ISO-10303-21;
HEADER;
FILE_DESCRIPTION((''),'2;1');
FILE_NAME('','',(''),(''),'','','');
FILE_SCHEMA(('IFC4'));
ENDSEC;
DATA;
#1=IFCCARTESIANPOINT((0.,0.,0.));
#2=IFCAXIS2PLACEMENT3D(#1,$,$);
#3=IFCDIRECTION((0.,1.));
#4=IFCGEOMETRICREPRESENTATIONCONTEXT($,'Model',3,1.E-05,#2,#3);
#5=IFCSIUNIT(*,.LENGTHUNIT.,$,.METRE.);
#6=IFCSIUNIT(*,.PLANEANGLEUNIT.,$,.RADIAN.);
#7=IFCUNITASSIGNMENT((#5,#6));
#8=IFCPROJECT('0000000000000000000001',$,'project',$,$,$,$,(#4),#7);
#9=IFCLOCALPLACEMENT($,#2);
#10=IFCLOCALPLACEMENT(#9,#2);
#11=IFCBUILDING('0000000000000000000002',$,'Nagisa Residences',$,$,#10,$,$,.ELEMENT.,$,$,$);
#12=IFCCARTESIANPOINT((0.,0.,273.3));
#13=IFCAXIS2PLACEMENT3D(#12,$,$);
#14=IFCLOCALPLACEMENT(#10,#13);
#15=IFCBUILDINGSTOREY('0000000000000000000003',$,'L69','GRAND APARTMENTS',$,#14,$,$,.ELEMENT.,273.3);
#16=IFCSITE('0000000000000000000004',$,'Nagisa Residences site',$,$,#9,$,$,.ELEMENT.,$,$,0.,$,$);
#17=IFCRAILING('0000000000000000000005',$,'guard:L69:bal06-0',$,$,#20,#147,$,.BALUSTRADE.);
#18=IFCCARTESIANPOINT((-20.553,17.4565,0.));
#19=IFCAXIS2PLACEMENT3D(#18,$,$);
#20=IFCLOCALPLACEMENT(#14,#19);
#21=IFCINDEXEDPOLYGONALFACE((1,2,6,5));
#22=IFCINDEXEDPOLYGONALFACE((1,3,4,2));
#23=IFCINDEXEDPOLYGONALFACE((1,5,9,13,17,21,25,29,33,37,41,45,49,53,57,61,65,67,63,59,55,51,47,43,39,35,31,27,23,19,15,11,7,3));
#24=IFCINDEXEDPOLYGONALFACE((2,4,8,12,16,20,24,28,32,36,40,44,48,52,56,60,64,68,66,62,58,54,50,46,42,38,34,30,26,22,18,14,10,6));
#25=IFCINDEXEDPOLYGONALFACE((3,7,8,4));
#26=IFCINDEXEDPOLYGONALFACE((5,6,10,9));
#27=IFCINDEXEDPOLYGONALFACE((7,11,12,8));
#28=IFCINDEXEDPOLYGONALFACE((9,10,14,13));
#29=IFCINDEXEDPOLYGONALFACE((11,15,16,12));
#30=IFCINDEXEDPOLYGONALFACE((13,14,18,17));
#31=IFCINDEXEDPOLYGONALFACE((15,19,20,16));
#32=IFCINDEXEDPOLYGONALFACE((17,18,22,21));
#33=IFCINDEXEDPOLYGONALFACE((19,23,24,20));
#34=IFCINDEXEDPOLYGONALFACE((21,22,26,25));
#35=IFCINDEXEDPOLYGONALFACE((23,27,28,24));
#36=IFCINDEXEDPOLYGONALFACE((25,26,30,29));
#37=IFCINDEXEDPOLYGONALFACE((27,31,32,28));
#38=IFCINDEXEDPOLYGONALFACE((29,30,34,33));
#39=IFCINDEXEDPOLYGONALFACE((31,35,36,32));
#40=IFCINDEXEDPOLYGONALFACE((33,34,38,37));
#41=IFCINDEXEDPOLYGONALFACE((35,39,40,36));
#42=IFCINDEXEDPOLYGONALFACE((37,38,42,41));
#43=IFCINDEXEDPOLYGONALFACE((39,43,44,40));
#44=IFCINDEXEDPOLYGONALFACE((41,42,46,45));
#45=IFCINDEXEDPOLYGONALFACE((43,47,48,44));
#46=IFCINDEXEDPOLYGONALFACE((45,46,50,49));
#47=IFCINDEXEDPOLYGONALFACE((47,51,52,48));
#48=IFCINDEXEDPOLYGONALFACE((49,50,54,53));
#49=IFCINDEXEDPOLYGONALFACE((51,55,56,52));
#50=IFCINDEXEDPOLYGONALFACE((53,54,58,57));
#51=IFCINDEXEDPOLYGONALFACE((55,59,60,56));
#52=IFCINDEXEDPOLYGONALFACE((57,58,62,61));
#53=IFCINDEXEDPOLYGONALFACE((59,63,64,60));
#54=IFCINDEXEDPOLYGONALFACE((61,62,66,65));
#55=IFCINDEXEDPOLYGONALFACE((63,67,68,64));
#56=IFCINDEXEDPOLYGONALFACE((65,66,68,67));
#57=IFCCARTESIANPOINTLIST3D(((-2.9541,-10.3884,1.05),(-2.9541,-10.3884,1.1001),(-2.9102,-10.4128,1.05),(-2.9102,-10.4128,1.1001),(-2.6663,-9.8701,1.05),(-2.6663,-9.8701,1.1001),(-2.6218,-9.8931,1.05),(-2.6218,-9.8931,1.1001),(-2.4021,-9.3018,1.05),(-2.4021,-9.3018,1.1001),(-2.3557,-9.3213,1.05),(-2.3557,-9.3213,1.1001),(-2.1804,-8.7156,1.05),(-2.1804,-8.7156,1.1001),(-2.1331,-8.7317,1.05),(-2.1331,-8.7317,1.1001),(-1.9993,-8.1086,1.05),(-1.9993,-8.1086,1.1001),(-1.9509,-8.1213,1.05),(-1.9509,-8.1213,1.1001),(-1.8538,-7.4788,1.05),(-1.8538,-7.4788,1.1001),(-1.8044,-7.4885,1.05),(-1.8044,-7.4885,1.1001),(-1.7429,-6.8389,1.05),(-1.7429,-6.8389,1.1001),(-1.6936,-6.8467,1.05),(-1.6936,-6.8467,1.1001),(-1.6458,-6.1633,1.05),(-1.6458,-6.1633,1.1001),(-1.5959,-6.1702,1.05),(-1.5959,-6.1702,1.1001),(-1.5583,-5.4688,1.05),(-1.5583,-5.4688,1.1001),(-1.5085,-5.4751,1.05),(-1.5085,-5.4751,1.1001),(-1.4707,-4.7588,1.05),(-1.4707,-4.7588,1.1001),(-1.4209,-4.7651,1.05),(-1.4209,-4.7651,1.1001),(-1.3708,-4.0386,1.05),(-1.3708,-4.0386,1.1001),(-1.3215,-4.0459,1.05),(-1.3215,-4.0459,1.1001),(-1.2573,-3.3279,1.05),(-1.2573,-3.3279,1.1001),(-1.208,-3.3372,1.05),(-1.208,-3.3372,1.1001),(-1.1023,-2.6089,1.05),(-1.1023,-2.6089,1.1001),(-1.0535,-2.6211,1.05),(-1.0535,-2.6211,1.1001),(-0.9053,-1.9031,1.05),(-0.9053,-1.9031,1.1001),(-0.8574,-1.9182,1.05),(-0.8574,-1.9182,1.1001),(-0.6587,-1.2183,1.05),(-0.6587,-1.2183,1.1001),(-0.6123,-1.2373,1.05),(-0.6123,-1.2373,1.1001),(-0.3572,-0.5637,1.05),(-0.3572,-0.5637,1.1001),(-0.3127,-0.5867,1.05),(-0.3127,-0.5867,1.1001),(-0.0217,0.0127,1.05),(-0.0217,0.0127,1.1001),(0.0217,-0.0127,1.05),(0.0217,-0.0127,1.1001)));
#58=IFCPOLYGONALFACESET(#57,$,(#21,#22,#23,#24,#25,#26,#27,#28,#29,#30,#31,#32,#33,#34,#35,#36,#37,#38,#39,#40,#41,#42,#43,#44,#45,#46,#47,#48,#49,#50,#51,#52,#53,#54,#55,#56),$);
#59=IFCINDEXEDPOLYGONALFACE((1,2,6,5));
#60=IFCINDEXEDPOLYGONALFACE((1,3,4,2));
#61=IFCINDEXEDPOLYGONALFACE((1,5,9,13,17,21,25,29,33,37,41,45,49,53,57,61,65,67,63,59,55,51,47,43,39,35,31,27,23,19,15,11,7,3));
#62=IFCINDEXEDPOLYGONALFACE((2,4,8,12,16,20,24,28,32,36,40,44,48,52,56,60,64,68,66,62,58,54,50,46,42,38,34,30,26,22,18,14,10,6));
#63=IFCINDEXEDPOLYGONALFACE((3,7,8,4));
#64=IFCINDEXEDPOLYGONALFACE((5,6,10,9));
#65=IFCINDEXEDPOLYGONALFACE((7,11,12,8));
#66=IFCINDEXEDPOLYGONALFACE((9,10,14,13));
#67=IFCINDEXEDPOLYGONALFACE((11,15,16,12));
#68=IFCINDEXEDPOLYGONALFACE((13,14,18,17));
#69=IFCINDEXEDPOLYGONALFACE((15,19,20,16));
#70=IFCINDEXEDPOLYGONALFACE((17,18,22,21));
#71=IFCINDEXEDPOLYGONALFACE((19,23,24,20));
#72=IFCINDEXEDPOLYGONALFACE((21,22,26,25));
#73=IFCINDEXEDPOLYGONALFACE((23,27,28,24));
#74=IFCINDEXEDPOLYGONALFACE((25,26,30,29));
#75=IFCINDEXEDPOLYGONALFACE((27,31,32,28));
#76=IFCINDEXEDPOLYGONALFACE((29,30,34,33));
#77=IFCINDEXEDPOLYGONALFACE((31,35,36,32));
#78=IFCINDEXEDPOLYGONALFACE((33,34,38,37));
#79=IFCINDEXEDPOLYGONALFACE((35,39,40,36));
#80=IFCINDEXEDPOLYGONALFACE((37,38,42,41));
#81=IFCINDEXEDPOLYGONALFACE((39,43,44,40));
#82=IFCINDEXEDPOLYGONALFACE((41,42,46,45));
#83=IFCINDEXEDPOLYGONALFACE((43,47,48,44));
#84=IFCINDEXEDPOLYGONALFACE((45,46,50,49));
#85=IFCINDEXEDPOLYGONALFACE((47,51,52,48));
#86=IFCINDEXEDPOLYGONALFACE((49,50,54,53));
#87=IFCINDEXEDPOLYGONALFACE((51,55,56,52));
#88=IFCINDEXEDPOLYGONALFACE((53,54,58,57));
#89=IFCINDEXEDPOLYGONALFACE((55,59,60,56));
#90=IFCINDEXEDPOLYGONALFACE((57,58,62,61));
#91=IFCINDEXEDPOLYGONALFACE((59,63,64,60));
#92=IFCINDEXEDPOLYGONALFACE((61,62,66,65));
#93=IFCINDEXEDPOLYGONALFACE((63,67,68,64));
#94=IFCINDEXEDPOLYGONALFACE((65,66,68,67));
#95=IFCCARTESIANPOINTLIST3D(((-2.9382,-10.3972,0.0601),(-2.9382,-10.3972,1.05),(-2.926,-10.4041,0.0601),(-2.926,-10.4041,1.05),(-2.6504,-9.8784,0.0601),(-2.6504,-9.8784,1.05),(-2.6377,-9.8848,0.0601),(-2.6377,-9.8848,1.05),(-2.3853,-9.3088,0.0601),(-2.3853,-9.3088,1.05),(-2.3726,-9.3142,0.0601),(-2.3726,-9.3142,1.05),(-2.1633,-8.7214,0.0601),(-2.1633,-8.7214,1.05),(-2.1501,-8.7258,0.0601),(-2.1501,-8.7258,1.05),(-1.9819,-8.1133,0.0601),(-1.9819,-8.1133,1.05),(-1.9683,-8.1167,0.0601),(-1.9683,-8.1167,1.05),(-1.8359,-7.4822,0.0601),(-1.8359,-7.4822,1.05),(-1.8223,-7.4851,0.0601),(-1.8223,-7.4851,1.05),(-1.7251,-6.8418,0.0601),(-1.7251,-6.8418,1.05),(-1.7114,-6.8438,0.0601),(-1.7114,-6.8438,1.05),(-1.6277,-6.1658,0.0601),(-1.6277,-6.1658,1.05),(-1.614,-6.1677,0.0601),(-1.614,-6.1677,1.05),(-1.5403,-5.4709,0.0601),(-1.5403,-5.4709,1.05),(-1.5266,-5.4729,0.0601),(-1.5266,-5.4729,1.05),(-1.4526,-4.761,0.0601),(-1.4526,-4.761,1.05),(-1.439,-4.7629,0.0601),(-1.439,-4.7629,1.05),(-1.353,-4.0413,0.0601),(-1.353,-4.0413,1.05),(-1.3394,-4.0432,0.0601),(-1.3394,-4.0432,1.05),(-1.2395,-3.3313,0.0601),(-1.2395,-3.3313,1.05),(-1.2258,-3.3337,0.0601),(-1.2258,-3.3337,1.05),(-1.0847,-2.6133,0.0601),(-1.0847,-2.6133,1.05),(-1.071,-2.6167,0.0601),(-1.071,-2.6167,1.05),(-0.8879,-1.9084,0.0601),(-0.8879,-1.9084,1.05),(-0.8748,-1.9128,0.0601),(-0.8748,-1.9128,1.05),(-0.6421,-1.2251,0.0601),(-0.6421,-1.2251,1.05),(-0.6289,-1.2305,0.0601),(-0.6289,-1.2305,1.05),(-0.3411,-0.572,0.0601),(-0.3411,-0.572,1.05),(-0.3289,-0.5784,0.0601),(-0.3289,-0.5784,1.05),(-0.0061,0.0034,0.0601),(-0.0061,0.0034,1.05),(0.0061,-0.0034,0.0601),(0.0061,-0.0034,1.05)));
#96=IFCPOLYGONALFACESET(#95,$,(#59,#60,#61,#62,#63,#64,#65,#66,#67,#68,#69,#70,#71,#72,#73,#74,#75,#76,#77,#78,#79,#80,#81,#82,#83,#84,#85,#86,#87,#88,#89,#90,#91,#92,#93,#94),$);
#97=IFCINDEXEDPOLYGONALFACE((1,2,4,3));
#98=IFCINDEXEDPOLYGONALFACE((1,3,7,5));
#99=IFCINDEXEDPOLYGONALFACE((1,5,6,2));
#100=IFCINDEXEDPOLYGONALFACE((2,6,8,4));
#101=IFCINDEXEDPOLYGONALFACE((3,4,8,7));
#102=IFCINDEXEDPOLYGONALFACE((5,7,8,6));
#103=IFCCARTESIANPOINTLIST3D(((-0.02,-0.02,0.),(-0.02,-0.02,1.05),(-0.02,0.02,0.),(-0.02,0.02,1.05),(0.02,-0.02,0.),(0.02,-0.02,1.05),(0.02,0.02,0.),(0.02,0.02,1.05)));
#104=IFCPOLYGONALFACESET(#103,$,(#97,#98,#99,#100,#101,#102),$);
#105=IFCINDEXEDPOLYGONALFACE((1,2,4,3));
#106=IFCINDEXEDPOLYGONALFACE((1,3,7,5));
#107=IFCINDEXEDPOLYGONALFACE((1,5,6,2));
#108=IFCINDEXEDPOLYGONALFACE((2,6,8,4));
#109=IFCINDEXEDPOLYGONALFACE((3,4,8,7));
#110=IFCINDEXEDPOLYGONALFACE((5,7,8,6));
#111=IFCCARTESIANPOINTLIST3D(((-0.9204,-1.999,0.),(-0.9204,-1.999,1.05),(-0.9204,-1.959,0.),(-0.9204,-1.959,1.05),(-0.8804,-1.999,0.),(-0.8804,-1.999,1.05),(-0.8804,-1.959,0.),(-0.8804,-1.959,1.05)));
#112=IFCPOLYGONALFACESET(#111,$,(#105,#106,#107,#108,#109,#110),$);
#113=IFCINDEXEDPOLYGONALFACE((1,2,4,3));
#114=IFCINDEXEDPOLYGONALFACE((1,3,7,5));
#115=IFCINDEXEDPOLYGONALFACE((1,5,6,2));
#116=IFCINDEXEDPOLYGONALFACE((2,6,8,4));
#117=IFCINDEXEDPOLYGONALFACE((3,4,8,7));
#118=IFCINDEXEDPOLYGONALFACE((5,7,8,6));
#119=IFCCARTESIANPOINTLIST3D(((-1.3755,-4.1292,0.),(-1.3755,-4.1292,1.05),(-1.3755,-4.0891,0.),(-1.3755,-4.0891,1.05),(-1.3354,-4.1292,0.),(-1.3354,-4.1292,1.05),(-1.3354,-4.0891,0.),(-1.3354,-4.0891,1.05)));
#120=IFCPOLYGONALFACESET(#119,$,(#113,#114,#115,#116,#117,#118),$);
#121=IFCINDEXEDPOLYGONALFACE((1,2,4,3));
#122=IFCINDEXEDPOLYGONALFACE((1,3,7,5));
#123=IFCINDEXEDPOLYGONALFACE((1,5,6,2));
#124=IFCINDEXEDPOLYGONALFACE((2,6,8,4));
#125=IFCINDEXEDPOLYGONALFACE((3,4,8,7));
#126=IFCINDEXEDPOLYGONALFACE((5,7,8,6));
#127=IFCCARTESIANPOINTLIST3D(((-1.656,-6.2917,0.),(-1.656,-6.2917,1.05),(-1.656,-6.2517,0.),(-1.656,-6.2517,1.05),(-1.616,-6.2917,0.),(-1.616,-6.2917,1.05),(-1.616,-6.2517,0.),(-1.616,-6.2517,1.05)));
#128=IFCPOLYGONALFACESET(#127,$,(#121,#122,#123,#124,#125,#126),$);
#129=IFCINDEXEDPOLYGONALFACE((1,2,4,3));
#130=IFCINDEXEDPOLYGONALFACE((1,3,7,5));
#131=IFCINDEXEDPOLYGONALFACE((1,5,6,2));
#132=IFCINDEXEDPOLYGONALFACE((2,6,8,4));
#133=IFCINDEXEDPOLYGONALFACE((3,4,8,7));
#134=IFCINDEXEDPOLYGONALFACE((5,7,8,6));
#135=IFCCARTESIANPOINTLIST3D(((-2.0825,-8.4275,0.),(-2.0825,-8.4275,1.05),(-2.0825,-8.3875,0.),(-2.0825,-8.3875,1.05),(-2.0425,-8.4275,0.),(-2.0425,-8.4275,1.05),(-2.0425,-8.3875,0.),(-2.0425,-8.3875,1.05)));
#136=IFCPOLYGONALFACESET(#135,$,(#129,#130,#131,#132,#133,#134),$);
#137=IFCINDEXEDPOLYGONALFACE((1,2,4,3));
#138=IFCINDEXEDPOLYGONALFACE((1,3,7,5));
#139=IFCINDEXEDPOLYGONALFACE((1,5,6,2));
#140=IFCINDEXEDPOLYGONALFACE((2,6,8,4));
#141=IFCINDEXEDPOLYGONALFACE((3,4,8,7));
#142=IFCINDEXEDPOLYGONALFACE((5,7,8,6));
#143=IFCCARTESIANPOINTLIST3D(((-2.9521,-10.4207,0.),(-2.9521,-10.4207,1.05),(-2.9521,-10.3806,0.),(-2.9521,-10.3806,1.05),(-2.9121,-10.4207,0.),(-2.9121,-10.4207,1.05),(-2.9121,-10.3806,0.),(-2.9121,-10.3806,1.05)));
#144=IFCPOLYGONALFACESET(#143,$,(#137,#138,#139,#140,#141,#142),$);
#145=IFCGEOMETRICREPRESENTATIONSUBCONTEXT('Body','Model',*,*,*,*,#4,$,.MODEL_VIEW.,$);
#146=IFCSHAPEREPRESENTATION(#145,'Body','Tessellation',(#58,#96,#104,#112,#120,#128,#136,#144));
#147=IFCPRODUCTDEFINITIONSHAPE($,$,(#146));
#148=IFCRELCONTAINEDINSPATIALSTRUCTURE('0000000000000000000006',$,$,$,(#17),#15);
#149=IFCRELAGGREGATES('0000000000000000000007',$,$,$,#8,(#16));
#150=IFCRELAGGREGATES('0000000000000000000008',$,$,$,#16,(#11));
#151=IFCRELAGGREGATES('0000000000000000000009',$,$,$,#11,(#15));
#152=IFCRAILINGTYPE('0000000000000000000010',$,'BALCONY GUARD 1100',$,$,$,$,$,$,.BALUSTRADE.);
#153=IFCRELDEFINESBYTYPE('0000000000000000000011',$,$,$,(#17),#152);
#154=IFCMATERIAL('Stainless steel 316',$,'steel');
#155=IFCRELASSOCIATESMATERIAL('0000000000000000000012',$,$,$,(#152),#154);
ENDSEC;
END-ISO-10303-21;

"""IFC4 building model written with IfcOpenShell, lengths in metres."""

from ifc_helpers import new_model, si_unit, direction, frame, origin, origin_2d, place, context, subcontext, project, spatial, polyline, rectangle, outline, extrude, material, type_object, element, save


model = new_model("IFC4")

# Units and contexts
model_context = context("Model", 3, precision=1e-05, world=origin(), true_north=direction((0.0, 1.0)))
body_context = subcontext(model_context, "Body", "Model", "MODEL_VIEW")
ifc_project = project(units=[si_unit("LENGTHUNIT", "METRE"), si_unit("PLANEANGLEUNIT", "RADIAN")], contexts=[model_context])

# Site, building, storey
site_placement = place(None, origin())
site = spatial("IfcSite", under=ifc_project, at=site_placement, Name="Nagisa Residences site", CompositionType="ELEMENT", RefElevation=0.0)
building_placement = place(site_placement, origin())
building = spatial("IfcBuilding", under=site, at=building_placement, Name="Nagisa Residences", CompositionType="ELEMENT")
storey_placement = place(building_placement, frame((0.0, 0.0, 273.3)))
storey = spatial("IfcBuildingStorey", under=building, at=storey_placement, Name="L69", Description="GRAND APARTMENTS", CompositionType="ELEMENT", Elevation=273.3)

# Railing
ifc_material_1 = material(Name="Stainless steel 316", Category="steel")
railing_type = type_object("IfcRailingType", Name="BALCONY GUARD 1100", PredefinedType="BALUSTRADE", material=ifc_material_1)
railing_1_placement = place(storey_placement, frame((-20.553, 17.4565, 0.0)))
element("IfcRailing", 1, at=railing_1_placement, inside=storey, type_object=railing_type, Name="guard:L69:bal06-0", PredefinedType="BALUSTRADE", context=body_context, shape_type="SweptSolid", body=[
    extrude(outline(polyline([(-0.3127, -0.5867), (0.0217, -0.0127), (-0.0217, 0.0127), (-0.3572, -0.5637), (-0.6587, -1.2183), (-0.9053, -1.9031), (-1.1023, -2.6089), (-1.2573, -3.3279), (-1.3708, -4.0386), (-1.4707, -4.7588), (-1.5583, -5.4688), (-1.6458, -6.1633), (-1.7429, -6.8389), (-1.8538, -7.4788), (-1.9993, -8.1086), (-2.1804, -8.7156), (-2.4021, -9.3018), (-2.6663, -9.8701), (-2.9541, -10.3884), (-2.9102, -10.4128), (-2.6218, -9.8931), (-2.3557, -9.3213), (-2.1331, -8.7317), (-1.9509, -8.1213), (-1.8044, -7.4885), (-1.6936, -6.8467), (-1.5959, -6.1702), (-1.5085, -5.4751), (-1.4209, -4.7651), (-1.3215, -4.0459), (-1.208, -3.3372), (-1.0535, -2.6211), (-0.8574, -1.9182), (-0.6123, -1.2373), (-0.3127, -0.5867)])), frame((0.0, 0.0, 1.05)), (0.0, 0.0, 1.0), 0.05),
    extrude(outline(polyline([(-0.3289, -0.5784), (0.0061, -0.0034), (-0.0061, 0.0034), (-0.3411, -0.572), (-0.6421, -1.2251), (-0.8879, -1.9084), (-1.0847, -2.6133), (-1.2395, -3.3313), (-1.353, -4.0413), (-1.4526, -4.761), (-1.5403, -5.4709), (-1.6277, -6.1658), (-1.7251, -6.8418), (-1.8359, -7.4822), (-1.9819, -8.1133), (-2.1633, -8.7214), (-2.3853, -9.3088), (-2.6504, -9.8784), (-2.9382, -10.3972), (-2.926, -10.4041), (-2.6377, -9.8848), (-2.3726, -9.3142), (-2.1501, -8.7258), (-1.9683, -8.1167), (-1.8223, -7.4851), (-1.7114, -6.8438), (-1.614, -6.1677), (-1.5266, -5.4729), (-1.439, -4.7629), (-1.3394, -4.0432), (-1.2258, -3.3337), (-1.071, -2.6167), (-0.8748, -1.9128), (-0.6289, -1.2305), (-0.3289, -0.5784)])), frame((0.0, 0.0, 0.0601)), (0.0, 0.0, 1.0), 0.99),
    extrude(rectangle(XDim=0.04, YDim=0.04, at=origin_2d()), origin(), (0.0, 0.0, 1.0), 1.05),
    extrude(rectangle(XDim=0.04, YDim=0.04, at=origin_2d()), frame((-0.9004, -1.979, 0.0)), (0.0, 0.0, 1.0), 1.05),
    extrude(rectangle(XDim=0.04, YDim=0.04, at=origin_2d()), frame((-1.3555, -4.1091, 0.0)), (0.0, 0.0, 1.0), 1.05),
    extrude(rectangle(XDim=0.04, YDim=0.04, at=origin_2d()), frame((-1.636, -6.2717, 0.0)), (0.0, 0.0, 1.0), 1.05),
    extrude(rectangle(XDim=0.04, YDim=0.04, at=origin_2d()), frame((-2.0625, -8.4075, 0.0)), (0.0, 0.0, 1.0), 1.05),
    extrude(rectangle(XDim=0.04, YDim=0.04, at=origin_2d()), frame((-2.9321, -10.4006, 0.0)), (0.0, 0.0, 1.0), 1.05),
])

save(model, "model.ifc")
